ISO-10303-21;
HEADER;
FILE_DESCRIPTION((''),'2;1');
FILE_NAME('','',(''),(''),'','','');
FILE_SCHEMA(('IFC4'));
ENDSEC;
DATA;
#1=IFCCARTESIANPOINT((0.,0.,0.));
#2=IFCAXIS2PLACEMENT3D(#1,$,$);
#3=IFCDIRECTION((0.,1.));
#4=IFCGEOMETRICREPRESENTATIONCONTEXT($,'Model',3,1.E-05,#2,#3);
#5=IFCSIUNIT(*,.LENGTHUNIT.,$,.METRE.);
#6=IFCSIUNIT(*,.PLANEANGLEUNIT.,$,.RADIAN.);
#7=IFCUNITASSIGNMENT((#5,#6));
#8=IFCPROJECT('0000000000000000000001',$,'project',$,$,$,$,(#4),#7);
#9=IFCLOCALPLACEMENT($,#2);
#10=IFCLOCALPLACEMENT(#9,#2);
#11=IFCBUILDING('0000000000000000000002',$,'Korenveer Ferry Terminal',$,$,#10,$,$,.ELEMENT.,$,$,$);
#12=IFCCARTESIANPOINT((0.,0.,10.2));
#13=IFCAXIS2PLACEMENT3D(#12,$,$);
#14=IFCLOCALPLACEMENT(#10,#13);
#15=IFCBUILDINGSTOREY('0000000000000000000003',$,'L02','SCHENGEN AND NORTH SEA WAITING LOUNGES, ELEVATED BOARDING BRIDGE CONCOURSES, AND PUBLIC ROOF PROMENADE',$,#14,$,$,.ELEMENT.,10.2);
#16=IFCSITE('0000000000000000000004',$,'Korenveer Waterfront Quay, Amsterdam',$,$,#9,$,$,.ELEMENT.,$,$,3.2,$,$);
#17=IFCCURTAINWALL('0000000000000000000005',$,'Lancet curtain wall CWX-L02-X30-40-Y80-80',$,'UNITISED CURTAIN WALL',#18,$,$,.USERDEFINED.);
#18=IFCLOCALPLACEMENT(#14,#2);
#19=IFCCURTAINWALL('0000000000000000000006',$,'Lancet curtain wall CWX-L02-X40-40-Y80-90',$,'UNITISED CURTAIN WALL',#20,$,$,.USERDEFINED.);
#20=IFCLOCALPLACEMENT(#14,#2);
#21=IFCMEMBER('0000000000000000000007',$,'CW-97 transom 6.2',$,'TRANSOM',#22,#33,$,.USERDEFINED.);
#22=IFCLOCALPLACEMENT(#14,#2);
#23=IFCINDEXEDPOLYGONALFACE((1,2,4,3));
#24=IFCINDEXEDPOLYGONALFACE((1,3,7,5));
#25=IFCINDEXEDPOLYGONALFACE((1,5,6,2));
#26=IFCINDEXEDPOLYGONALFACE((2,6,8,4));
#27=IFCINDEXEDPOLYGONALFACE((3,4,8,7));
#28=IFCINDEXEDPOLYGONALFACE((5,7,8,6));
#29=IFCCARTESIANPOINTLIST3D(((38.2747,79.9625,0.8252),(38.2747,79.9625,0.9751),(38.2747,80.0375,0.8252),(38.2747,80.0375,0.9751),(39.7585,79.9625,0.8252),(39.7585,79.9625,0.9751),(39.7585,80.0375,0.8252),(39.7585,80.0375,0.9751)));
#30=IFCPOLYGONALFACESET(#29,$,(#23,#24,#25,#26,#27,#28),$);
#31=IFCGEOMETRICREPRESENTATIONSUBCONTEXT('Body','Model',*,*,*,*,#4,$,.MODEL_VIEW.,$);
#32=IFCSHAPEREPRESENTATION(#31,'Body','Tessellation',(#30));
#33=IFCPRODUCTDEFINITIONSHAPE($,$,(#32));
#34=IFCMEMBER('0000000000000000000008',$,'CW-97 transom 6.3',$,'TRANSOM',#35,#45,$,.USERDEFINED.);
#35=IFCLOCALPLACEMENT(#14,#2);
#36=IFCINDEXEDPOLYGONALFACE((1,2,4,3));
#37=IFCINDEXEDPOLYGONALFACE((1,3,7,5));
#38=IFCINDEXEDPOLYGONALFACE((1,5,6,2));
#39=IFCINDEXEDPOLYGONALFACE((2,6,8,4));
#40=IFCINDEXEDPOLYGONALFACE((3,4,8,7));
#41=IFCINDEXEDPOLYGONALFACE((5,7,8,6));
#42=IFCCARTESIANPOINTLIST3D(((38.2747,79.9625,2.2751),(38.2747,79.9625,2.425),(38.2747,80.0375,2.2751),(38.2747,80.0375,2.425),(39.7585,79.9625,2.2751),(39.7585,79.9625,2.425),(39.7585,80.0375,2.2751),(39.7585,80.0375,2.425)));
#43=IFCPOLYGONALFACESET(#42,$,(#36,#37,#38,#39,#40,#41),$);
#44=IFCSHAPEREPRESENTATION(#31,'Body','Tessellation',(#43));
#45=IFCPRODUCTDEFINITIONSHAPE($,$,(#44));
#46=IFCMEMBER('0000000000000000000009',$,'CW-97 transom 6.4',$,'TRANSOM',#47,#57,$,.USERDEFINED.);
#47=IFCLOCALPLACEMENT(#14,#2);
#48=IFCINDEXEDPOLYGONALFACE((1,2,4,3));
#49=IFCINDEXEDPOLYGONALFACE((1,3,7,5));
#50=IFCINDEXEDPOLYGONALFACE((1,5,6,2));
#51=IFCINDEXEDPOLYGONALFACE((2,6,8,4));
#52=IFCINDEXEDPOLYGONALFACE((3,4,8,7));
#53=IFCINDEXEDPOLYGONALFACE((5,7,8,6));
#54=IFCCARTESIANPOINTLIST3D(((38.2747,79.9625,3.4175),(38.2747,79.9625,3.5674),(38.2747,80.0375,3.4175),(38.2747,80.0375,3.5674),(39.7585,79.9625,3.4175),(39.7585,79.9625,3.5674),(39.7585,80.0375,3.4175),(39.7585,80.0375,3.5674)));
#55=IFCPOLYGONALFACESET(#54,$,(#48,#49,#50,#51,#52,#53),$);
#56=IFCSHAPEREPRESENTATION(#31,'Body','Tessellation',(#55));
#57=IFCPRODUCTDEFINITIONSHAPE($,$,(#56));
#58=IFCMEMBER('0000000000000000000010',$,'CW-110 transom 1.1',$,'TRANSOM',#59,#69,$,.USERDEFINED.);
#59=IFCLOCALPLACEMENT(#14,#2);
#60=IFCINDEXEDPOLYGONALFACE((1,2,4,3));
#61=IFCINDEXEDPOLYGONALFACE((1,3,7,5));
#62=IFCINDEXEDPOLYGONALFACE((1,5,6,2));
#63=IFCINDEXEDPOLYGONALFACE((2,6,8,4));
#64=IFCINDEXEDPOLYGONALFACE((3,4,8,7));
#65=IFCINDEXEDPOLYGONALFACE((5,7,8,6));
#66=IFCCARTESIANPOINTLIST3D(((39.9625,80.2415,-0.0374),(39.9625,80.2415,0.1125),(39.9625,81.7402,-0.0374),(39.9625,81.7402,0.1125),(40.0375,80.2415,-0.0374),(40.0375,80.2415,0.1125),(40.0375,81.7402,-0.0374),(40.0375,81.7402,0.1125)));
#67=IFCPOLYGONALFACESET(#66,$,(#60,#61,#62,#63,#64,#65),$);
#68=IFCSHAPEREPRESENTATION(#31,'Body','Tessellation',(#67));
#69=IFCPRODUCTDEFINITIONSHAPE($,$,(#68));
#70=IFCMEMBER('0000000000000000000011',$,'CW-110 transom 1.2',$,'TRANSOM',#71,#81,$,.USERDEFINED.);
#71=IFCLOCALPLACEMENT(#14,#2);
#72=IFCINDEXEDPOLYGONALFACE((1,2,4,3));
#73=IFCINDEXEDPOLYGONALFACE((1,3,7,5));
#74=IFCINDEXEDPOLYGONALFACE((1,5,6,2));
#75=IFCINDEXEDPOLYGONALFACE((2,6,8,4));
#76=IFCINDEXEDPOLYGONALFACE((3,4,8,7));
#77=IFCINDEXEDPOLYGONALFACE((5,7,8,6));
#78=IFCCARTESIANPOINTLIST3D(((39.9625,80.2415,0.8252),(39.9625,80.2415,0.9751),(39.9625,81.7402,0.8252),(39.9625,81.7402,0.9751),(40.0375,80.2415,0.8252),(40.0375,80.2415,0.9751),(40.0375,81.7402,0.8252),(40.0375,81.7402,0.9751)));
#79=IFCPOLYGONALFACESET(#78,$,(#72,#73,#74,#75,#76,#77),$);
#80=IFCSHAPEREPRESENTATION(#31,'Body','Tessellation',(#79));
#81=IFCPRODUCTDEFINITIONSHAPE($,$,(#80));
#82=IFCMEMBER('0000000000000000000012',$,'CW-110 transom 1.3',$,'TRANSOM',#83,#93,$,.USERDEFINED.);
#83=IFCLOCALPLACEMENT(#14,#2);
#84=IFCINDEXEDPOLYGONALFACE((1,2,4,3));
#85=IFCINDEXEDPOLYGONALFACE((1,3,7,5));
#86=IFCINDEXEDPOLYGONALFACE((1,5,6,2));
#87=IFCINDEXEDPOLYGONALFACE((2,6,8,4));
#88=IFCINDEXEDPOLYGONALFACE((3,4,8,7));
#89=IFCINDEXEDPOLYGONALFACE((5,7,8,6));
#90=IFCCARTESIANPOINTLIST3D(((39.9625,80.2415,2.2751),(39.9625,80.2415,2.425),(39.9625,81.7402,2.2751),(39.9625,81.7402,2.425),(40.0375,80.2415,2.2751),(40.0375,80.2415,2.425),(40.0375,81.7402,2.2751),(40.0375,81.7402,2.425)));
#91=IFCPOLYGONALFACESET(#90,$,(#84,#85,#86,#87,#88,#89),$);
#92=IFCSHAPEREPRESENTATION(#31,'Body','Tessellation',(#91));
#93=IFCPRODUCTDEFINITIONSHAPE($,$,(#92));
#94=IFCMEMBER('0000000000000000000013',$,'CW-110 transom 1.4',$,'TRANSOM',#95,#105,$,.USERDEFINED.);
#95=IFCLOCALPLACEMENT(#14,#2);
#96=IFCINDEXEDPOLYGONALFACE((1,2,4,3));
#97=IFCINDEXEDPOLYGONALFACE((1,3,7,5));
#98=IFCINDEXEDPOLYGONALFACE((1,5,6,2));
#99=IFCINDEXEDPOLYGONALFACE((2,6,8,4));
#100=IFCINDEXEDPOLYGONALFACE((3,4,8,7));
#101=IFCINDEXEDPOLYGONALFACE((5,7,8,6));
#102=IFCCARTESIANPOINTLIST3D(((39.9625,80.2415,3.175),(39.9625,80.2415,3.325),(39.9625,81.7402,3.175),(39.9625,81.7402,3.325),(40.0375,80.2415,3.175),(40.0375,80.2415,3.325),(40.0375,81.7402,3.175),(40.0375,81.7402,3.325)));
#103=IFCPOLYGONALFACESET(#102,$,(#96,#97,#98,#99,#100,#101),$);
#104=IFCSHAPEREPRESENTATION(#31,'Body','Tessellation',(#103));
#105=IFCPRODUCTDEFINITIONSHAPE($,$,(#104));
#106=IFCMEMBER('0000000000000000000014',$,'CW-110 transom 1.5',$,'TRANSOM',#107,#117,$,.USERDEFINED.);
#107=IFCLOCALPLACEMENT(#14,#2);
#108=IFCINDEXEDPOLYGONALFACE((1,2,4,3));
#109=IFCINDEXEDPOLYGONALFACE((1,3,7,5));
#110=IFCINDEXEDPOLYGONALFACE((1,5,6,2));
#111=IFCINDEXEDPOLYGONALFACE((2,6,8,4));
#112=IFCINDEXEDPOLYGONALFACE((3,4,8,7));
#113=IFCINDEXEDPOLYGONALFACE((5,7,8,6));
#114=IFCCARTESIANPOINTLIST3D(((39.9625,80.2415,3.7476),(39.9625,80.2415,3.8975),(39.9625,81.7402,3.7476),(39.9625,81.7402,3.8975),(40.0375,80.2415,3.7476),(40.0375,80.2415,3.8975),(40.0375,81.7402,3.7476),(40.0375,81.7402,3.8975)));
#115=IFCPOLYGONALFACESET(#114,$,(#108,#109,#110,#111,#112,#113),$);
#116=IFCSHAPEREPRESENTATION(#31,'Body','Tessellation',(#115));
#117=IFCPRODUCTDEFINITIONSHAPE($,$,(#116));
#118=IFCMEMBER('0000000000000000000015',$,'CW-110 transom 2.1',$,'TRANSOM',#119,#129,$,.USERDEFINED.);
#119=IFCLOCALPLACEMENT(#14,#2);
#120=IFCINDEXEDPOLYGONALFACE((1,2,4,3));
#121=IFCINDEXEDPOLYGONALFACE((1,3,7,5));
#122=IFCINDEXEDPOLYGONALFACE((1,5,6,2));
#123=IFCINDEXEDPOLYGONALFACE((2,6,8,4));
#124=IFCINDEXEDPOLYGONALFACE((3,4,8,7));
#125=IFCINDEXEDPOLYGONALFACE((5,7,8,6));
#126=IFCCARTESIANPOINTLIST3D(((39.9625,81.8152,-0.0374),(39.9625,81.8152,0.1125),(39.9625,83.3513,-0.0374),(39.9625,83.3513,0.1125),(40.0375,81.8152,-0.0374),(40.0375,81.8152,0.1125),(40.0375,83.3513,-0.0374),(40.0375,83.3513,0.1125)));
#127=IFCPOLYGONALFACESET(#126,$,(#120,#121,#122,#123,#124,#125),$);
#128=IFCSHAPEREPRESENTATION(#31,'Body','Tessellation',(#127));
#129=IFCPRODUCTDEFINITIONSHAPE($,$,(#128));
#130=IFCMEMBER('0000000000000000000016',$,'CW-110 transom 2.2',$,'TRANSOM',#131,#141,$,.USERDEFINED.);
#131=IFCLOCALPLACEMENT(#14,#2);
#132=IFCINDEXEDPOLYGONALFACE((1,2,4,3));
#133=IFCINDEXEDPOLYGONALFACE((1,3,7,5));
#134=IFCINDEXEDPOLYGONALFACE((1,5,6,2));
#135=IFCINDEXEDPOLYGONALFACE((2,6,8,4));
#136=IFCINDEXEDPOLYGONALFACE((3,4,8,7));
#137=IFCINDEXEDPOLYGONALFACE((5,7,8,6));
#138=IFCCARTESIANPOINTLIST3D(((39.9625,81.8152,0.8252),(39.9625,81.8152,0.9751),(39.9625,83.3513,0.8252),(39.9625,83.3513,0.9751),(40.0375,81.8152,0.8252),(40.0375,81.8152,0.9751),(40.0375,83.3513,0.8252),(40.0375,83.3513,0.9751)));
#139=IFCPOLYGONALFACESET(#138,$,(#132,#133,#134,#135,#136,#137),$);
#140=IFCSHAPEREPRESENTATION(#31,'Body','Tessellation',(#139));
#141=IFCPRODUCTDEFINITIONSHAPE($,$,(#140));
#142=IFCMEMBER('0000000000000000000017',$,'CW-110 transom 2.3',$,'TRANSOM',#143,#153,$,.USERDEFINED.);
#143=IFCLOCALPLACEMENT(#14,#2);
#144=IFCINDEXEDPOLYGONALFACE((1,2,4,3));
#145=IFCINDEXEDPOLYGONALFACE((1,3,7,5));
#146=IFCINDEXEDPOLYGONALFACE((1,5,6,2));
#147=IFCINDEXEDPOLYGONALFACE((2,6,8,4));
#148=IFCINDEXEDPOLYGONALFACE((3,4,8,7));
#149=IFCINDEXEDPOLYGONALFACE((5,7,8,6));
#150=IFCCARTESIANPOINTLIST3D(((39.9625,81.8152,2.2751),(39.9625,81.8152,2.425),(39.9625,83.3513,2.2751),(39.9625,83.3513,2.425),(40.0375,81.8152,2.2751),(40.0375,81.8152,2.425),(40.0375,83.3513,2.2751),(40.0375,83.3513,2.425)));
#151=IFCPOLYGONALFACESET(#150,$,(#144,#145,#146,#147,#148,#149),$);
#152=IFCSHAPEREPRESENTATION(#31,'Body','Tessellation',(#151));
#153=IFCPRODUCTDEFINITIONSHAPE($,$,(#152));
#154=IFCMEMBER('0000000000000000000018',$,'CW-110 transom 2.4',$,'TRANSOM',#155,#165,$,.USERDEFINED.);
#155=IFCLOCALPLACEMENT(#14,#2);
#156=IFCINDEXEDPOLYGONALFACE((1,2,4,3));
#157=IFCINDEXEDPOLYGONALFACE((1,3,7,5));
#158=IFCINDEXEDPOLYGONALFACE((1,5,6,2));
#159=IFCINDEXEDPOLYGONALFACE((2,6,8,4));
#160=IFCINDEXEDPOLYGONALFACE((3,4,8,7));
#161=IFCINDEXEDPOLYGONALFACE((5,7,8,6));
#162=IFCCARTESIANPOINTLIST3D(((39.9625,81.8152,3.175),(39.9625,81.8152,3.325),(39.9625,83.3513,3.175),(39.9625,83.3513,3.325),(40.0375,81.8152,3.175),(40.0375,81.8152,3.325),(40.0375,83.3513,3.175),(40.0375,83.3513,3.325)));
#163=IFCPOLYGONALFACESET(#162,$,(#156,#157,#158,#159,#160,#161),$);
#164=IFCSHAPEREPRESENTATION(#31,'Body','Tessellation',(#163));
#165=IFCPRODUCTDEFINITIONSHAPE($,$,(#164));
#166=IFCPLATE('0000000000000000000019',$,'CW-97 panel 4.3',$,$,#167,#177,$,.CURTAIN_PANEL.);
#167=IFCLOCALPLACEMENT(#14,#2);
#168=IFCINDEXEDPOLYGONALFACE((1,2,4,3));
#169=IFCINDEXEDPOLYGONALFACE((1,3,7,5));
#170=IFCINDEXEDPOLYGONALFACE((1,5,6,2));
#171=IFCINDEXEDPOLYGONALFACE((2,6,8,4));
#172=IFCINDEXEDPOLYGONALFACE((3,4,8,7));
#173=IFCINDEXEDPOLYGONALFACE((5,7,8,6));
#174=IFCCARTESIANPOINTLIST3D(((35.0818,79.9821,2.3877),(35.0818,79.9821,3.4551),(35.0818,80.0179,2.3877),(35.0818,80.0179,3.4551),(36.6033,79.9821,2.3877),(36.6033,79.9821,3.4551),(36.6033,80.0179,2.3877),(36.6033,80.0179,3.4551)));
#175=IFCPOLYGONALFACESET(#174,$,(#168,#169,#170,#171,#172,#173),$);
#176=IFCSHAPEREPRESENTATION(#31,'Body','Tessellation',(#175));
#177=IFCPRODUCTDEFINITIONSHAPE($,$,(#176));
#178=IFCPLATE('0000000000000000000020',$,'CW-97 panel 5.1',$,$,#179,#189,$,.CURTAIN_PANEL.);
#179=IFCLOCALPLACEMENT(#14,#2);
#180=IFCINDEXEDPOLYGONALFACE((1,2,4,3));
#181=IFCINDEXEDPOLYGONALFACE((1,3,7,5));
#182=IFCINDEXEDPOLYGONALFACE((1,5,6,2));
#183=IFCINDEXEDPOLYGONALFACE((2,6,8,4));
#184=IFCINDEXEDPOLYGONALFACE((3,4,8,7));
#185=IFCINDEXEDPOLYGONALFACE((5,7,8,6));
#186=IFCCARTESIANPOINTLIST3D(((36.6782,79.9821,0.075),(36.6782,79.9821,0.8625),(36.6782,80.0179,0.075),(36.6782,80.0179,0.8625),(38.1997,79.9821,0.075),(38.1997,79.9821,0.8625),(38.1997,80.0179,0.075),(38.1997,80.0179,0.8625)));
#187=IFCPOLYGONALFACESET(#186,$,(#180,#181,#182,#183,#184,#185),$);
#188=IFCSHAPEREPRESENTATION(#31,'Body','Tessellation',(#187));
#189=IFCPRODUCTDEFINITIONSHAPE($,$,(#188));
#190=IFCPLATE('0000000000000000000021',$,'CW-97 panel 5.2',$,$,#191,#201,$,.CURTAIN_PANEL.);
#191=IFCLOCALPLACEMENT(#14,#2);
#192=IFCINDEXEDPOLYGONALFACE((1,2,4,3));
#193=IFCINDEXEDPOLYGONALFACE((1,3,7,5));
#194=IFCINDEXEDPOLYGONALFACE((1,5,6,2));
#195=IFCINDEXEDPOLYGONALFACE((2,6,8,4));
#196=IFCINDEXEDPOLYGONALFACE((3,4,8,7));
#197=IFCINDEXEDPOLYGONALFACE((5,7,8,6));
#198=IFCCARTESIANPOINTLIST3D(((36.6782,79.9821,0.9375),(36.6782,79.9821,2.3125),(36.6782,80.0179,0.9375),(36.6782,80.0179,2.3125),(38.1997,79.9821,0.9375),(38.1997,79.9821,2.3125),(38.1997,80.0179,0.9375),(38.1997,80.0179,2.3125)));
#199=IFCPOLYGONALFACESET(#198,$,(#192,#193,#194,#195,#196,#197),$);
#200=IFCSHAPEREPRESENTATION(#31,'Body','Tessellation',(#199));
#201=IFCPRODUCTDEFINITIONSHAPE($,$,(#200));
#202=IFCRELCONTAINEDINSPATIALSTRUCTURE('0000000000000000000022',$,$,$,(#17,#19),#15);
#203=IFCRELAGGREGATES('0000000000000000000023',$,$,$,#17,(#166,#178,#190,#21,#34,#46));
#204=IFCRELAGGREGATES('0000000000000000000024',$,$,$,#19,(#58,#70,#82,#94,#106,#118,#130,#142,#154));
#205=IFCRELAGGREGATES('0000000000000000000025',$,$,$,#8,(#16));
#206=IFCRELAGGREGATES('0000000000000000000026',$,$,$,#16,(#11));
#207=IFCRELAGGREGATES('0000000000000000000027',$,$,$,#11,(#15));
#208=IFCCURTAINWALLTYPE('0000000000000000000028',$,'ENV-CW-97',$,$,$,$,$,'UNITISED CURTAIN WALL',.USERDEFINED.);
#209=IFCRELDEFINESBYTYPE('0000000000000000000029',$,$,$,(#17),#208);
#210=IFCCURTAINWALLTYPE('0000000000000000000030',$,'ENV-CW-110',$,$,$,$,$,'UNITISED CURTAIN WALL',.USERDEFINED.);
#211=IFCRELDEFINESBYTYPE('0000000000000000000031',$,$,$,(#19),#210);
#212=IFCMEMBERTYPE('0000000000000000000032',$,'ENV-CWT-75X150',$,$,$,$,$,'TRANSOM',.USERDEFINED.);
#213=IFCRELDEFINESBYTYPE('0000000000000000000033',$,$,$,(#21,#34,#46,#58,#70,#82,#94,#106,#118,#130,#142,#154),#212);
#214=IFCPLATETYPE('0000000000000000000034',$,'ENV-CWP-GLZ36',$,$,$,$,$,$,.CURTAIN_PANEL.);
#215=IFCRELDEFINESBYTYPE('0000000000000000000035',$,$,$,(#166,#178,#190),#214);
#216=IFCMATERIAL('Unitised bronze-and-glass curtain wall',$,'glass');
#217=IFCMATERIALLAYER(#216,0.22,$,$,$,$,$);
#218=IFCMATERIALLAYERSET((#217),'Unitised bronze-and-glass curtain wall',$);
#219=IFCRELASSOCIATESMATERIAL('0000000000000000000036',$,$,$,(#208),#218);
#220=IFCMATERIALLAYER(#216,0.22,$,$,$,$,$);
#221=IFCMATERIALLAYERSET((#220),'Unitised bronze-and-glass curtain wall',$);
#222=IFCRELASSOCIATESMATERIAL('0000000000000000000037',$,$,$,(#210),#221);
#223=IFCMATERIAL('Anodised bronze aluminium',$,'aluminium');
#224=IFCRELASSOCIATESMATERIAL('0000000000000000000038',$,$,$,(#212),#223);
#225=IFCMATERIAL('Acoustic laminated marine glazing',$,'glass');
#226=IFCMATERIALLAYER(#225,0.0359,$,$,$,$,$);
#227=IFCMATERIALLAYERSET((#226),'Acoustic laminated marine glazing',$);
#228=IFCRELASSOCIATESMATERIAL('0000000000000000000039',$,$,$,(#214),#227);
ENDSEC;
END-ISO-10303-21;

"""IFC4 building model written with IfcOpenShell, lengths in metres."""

from ifc_helpers import new_model, si_unit, direction, frame, origin, origin_2d, place, context, subcontext, project, spatial, rectangle, extrude, material, layer, layer_set, material_profile, profile_set, type_object, element, aggregate, save


model = new_model("IFC4")

# Units and contexts
model_context = context("Model", 3, precision=1e-05, world=origin(), true_north=direction((0.0, 1.0)))
body_context = subcontext(model_context, "Body", "Model", "MODEL_VIEW")
ifc_project = project(units=[si_unit("LENGTHUNIT", "METRE"), si_unit("PLANEANGLEUNIT", "RADIAN")], contexts=[model_context])

# Site, building, storey
site_placement = place(None, origin())
site = spatial("IfcSite", under=ifc_project, at=site_placement, Name="Korenveer Waterfront Quay, Amsterdam", CompositionType="ELEMENT", RefElevation=3.2)
building_placement = place(site_placement, origin())
building = spatial("IfcBuilding", under=site, at=building_placement, Name="Korenveer Ferry Terminal", CompositionType="ELEMENT")
storey_placement = place(building_placement, frame((0.0, 0.0, 10.2)))
storey = spatial("IfcBuildingStorey", under=building, at=storey_placement, Name="L02", Description="SCHENGEN AND NORTH SEA WAITING LOUNGES, ELEVATED BOARDING BRIDGE CONCOURSES, AND PUBLIC ROOF PROMENADE", CompositionType="ELEMENT", Elevation=10.2)

# Curtain walls
ifc_material_1 = material(Name="Unitised bronze-and-glass curtain wall", Category="glass")
ifc_layer_1 = layer(ifc_material_1, 0.22)
ifc_layer_set_1 = layer_set([ifc_layer_1], Name="Unitised bronze-and-glass curtain wall")
curtain_wall_type_1 = type_object("IfcCurtainWallType", Name="ENV-CW-97", ElementType="UNITISED CURTAIN WALL", PredefinedType="USERDEFINED", material=ifc_layer_set_1)
curtain_wall_1_placement = place(storey_placement, frame((30.2549, 80.0, 0.0)))
curtain_wall_1 = element("IfcCurtainWall", 1, at=curtain_wall_1_placement, inside=storey, type_object=curtain_wall_type_1, Name="Lancet curtain wall CWX-L02-X30-40-Y80-80", ObjectType="UNITISED CURTAIN WALL", PredefinedType="USERDEFINED")
ifc_material_2 = material(Name="Anodised bronze aluminium", Category="aluminium")
ifc_layer_2 = layer(ifc_material_1, 0.22)
ifc_layer_set_2 = layer_set([ifc_layer_2], Name="Unitised bronze-and-glass curtain wall")
curtain_wall_type_2 = type_object("IfcCurtainWallType", Name="ENV-CW-110", ElementType="UNITISED CURTAIN WALL", PredefinedType="USERDEFINED", material=ifc_layer_set_2)
curtain_wall_2_placement = place(storey_placement, frame((40.0, 80.1665, 0.0)))
curtain_wall_2 = element("IfcCurtainWall", 2, at=curtain_wall_2_placement, inside=storey, type_object=curtain_wall_type_2, Name="Lancet curtain wall CWX-L02-X40-40-Y80-90", ObjectType="UNITISED CURTAIN WALL", PredefinedType="USERDEFINED")

# Members
ifc_material_profile_1 = material_profile(ifc_material_2, rectangle(XDim=0.075, YDim=0.1499, at=origin_2d()), Name="ALU 75x150")
ifc_profile_set_1 = profile_set([ifc_material_profile_1], Name="Anodised bronze aluminium")
member_type_1 = type_object("IfcMemberType", Name="ENV-CWT-75X150", ElementType="TRANSOM", PredefinedType="USERDEFINED", material=ifc_profile_set_1)
member_1_placement = place(storey_placement, frame((38.2747, 80.0, 0.9001), z_axis=(1.0, 0.0, 0.0), x_axis=(0.0, 1.0, 0.0)))
member_1 = element("IfcMember", 3, at=member_1_placement, type_object=member_type_1, Name="CW-97 transom 6.2", ObjectType="TRANSOM", PredefinedType="USERDEFINED", context=body_context, shape_type="SweptSolid", body=[
    extrude(rectangle(XDim=0.075, YDim=0.1499, at=origin_2d()), origin(), (0.0, 0.0, 1.0), 1.4839),
])
member_2_placement = place(storey_placement, frame((38.2747, 80.0, 2.3501), z_axis=(1.0, 0.0, 0.0), x_axis=(0.0, 1.0, 0.0)))
member_2 = element("IfcMember", 4, at=member_2_placement, type_object=member_type_1, Name="CW-97 transom 6.3", ObjectType="TRANSOM", PredefinedType="USERDEFINED", context=body_context, shape_type="SweptSolid", body=[
    extrude(rectangle(XDim=0.075, YDim=0.1499, at=origin_2d()), origin(), (0.0, 0.0, 1.0), 1.4839),
])
member_3_placement = place(storey_placement, frame((38.2747, 80.0, 3.4924), z_axis=(1.0, 0.0, 0.0), x_axis=(0.0, 1.0, 0.0)))
member_3 = element("IfcMember", 5, at=member_3_placement, type_object=member_type_1, Name="CW-97 transom 6.4", ObjectType="TRANSOM", PredefinedType="USERDEFINED", context=body_context, shape_type="SweptSolid", body=[
    extrude(rectangle(XDim=0.075, YDim=0.1499, at=origin_2d()), origin(), (0.0, 0.0, 1.0), 1.4839),
])
member_4_placement = place(storey_placement, frame((40.0, 80.2415, 0.0376), z_axis=(0.0, 1.0, 0.0), x_axis=(-1.0, 0.0, 0.0)))
member_4 = element("IfcMember", 6, at=member_4_placement, type_object=member_type_1, Name="CW-110 transom 1.1", ObjectType="TRANSOM", PredefinedType="USERDEFINED", context=body_context, shape_type="SweptSolid", body=[
    extrude(rectangle(XDim=0.075, YDim=0.1499, at=origin_2d()), origin(), (0.0, 0.0, 1.0), 1.4988),
])
member_5_placement = place(storey_placement, frame((40.0, 80.2415, 0.9001), z_axis=(0.0, 1.0, 0.0), x_axis=(-1.0, 0.0, 0.0)))
member_5 = element("IfcMember", 7, at=member_5_placement, type_object=member_type_1, Name="CW-110 transom 1.2", ObjectType="TRANSOM", PredefinedType="USERDEFINED", context=body_context, shape_type="SweptSolid", body=[
    extrude(rectangle(XDim=0.075, YDim=0.1499, at=origin_2d()), origin(), (0.0, 0.0, 1.0), 1.4988),
])
member_6_placement = place(storey_placement, frame((40.0, 80.2415, 2.3501), z_axis=(0.0, 1.0, 0.0), x_axis=(-1.0, 0.0, 0.0)))
member_6 = element("IfcMember", 8, at=member_6_placement, type_object=member_type_1, Name="CW-110 transom 1.3", ObjectType="TRANSOM", PredefinedType="USERDEFINED", context=body_context, shape_type="SweptSolid", body=[
    extrude(rectangle(XDim=0.075, YDim=0.1499, at=origin_2d()), origin(), (0.0, 0.0, 1.0), 1.4988),
])
member_7_placement = place(storey_placement, frame((40.0, 80.2415, 3.25), z_axis=(0.0, 1.0, 0.0), x_axis=(-1.0, 0.0, 0.0)))
member_7 = element("IfcMember", 9, at=member_7_placement, type_object=member_type_1, Name="CW-110 transom 1.4", ObjectType="TRANSOM", PredefinedType="USERDEFINED", context=body_context, shape_type="SweptSolid", body=[
    extrude(rectangle(XDim=0.075, YDim=0.1499, at=origin_2d()), origin(), (0.0, 0.0, 1.0), 1.4988),
])
member_8_placement = place(storey_placement, frame((40.0, 80.2415, 3.8225), z_axis=(0.0, 1.0, 0.0), x_axis=(-1.0, 0.0, 0.0)))
member_8 = element("IfcMember", 10, at=member_8_placement, type_object=member_type_1, Name="CW-110 transom 1.5", ObjectType="TRANSOM", PredefinedType="USERDEFINED", context=body_context, shape_type="SweptSolid", body=[
    extrude(rectangle(XDim=0.075, YDim=0.1499, at=origin_2d()), origin(), (0.0, 0.0, 1.0), 1.4988),
])
member_9_placement = place(storey_placement, frame((40.0, 81.8152, 0.0376), z_axis=(0.0, 1.0, 0.0), x_axis=(-1.0, 0.0, 0.0)))
member_9 = element("IfcMember", 11, at=member_9_placement, type_object=member_type_1, Name="CW-110 transom 2.1", ObjectType="TRANSOM", PredefinedType="USERDEFINED", context=body_context, shape_type="SweptSolid", body=[
    extrude(rectangle(XDim=0.075, YDim=0.1499, at=origin_2d()), origin(), (0.0, 0.0, 1.0), 1.5361),
])
member_10_placement = place(storey_placement, frame((40.0, 81.8152, 0.9001), z_axis=(0.0, 1.0, 0.0), x_axis=(-1.0, 0.0, 0.0)))
member_10 = element("IfcMember", 12, at=member_10_placement, type_object=member_type_1, Name="CW-110 transom 2.2", ObjectType="TRANSOM", PredefinedType="USERDEFINED", context=body_context, shape_type="SweptSolid", body=[
    extrude(rectangle(XDim=0.075, YDim=0.1499, at=origin_2d()), origin(), (0.0, 0.0, 1.0), 1.5361),
])
member_11_placement = place(storey_placement, frame((40.0, 81.8152, 2.3501), z_axis=(0.0, 1.0, 0.0), x_axis=(-1.0, 0.0, 0.0)))
member_11 = element("IfcMember", 13, at=member_11_placement, type_object=member_type_1, Name="CW-110 transom 2.3", ObjectType="TRANSOM", PredefinedType="USERDEFINED", context=body_context, shape_type="SweptSolid", body=[
    extrude(rectangle(XDim=0.075, YDim=0.1499, at=origin_2d()), origin(), (0.0, 0.0, 1.0), 1.5361),
])
member_12_placement = place(storey_placement, frame((40.0, 81.8152, 3.25), z_axis=(0.0, 1.0, 0.0), x_axis=(-1.0, 0.0, 0.0)))
member_12 = element("IfcMember", 14, at=member_12_placement, type_object=member_type_1, Name="CW-110 transom 2.4", ObjectType="TRANSOM", PredefinedType="USERDEFINED", context=body_context, shape_type="SweptSolid", body=[
    extrude(rectangle(XDim=0.075, YDim=0.1499, at=origin_2d()), origin(), (0.0, 0.0, 1.0), 1.5361),
])

# Plates
ifc_material_3 = material(Name="Acoustic laminated marine glazing", Category="glass")
ifc_layer_3 = layer(ifc_material_3, 0.0359)
ifc_layer_set_3 = layer_set([ifc_layer_3], Name="Acoustic laminated marine glazing")
plate_type_1 = type_object("IfcPlateType", Name="ENV-CWP-GLZ36", PredefinedType="CURTAIN_PANEL", material=ifc_layer_set_3)
plate_1_placement = place(storey_placement, frame((35.8425, 80.0, 2.3877), z_axis=(0.0, 0.0, 1.0), x_axis=(1.0, 0.0, 0.0)))
plate_1 = element("IfcPlate", 15, at=plate_1_placement, type_object=plate_type_1, Name="CW-97 panel 4.3", PredefinedType="CURTAIN_PANEL", context=body_context, shape_type="SweptSolid", body=[
    extrude(rectangle(XDim=1.5215, YDim=0.0359, at=origin_2d()), origin(), (0.0, 0.0, 1.0), 1.0674),
])
plate_2_placement = place(storey_placement, frame((37.439, 80.0, 0.075), z_axis=(0.0, 0.0, 1.0), x_axis=(1.0, 0.0, 0.0)))
plate_2 = element("IfcPlate", 16, at=plate_2_placement, type_object=plate_type_1, Name="CW-97 panel 5.1", PredefinedType="CURTAIN_PANEL", context=body_context, shape_type="SweptSolid", body=[
    extrude(rectangle(XDim=1.5215, YDim=0.0359, at=origin_2d()), origin(), (0.0, 0.0, 1.0), 0.7876),
])
plate_3_placement = place(storey_placement, frame((37.439, 80.0, 0.9375), z_axis=(0.0, 0.0, 1.0), x_axis=(1.0, 0.0, 0.0)))
plate_3 = element("IfcPlate", 17, at=plate_3_placement, type_object=plate_type_1, Name="CW-97 panel 5.2", PredefinedType="CURTAIN_PANEL", context=body_context, shape_type="SweptSolid", body=[
    extrude(rectangle(XDim=1.5215, YDim=0.0359, at=origin_2d()), origin(), (0.0, 0.0, 1.0), 1.375),
])
aggregate(curtain_wall_1, [plate_1, plate_2, plate_3, member_1, member_2, member_3])
aggregate(curtain_wall_2, [member_4, member_5, member_6, member_7, member_8, member_9, member_10, member_11, member_12])

save(model, "model.ifc")
